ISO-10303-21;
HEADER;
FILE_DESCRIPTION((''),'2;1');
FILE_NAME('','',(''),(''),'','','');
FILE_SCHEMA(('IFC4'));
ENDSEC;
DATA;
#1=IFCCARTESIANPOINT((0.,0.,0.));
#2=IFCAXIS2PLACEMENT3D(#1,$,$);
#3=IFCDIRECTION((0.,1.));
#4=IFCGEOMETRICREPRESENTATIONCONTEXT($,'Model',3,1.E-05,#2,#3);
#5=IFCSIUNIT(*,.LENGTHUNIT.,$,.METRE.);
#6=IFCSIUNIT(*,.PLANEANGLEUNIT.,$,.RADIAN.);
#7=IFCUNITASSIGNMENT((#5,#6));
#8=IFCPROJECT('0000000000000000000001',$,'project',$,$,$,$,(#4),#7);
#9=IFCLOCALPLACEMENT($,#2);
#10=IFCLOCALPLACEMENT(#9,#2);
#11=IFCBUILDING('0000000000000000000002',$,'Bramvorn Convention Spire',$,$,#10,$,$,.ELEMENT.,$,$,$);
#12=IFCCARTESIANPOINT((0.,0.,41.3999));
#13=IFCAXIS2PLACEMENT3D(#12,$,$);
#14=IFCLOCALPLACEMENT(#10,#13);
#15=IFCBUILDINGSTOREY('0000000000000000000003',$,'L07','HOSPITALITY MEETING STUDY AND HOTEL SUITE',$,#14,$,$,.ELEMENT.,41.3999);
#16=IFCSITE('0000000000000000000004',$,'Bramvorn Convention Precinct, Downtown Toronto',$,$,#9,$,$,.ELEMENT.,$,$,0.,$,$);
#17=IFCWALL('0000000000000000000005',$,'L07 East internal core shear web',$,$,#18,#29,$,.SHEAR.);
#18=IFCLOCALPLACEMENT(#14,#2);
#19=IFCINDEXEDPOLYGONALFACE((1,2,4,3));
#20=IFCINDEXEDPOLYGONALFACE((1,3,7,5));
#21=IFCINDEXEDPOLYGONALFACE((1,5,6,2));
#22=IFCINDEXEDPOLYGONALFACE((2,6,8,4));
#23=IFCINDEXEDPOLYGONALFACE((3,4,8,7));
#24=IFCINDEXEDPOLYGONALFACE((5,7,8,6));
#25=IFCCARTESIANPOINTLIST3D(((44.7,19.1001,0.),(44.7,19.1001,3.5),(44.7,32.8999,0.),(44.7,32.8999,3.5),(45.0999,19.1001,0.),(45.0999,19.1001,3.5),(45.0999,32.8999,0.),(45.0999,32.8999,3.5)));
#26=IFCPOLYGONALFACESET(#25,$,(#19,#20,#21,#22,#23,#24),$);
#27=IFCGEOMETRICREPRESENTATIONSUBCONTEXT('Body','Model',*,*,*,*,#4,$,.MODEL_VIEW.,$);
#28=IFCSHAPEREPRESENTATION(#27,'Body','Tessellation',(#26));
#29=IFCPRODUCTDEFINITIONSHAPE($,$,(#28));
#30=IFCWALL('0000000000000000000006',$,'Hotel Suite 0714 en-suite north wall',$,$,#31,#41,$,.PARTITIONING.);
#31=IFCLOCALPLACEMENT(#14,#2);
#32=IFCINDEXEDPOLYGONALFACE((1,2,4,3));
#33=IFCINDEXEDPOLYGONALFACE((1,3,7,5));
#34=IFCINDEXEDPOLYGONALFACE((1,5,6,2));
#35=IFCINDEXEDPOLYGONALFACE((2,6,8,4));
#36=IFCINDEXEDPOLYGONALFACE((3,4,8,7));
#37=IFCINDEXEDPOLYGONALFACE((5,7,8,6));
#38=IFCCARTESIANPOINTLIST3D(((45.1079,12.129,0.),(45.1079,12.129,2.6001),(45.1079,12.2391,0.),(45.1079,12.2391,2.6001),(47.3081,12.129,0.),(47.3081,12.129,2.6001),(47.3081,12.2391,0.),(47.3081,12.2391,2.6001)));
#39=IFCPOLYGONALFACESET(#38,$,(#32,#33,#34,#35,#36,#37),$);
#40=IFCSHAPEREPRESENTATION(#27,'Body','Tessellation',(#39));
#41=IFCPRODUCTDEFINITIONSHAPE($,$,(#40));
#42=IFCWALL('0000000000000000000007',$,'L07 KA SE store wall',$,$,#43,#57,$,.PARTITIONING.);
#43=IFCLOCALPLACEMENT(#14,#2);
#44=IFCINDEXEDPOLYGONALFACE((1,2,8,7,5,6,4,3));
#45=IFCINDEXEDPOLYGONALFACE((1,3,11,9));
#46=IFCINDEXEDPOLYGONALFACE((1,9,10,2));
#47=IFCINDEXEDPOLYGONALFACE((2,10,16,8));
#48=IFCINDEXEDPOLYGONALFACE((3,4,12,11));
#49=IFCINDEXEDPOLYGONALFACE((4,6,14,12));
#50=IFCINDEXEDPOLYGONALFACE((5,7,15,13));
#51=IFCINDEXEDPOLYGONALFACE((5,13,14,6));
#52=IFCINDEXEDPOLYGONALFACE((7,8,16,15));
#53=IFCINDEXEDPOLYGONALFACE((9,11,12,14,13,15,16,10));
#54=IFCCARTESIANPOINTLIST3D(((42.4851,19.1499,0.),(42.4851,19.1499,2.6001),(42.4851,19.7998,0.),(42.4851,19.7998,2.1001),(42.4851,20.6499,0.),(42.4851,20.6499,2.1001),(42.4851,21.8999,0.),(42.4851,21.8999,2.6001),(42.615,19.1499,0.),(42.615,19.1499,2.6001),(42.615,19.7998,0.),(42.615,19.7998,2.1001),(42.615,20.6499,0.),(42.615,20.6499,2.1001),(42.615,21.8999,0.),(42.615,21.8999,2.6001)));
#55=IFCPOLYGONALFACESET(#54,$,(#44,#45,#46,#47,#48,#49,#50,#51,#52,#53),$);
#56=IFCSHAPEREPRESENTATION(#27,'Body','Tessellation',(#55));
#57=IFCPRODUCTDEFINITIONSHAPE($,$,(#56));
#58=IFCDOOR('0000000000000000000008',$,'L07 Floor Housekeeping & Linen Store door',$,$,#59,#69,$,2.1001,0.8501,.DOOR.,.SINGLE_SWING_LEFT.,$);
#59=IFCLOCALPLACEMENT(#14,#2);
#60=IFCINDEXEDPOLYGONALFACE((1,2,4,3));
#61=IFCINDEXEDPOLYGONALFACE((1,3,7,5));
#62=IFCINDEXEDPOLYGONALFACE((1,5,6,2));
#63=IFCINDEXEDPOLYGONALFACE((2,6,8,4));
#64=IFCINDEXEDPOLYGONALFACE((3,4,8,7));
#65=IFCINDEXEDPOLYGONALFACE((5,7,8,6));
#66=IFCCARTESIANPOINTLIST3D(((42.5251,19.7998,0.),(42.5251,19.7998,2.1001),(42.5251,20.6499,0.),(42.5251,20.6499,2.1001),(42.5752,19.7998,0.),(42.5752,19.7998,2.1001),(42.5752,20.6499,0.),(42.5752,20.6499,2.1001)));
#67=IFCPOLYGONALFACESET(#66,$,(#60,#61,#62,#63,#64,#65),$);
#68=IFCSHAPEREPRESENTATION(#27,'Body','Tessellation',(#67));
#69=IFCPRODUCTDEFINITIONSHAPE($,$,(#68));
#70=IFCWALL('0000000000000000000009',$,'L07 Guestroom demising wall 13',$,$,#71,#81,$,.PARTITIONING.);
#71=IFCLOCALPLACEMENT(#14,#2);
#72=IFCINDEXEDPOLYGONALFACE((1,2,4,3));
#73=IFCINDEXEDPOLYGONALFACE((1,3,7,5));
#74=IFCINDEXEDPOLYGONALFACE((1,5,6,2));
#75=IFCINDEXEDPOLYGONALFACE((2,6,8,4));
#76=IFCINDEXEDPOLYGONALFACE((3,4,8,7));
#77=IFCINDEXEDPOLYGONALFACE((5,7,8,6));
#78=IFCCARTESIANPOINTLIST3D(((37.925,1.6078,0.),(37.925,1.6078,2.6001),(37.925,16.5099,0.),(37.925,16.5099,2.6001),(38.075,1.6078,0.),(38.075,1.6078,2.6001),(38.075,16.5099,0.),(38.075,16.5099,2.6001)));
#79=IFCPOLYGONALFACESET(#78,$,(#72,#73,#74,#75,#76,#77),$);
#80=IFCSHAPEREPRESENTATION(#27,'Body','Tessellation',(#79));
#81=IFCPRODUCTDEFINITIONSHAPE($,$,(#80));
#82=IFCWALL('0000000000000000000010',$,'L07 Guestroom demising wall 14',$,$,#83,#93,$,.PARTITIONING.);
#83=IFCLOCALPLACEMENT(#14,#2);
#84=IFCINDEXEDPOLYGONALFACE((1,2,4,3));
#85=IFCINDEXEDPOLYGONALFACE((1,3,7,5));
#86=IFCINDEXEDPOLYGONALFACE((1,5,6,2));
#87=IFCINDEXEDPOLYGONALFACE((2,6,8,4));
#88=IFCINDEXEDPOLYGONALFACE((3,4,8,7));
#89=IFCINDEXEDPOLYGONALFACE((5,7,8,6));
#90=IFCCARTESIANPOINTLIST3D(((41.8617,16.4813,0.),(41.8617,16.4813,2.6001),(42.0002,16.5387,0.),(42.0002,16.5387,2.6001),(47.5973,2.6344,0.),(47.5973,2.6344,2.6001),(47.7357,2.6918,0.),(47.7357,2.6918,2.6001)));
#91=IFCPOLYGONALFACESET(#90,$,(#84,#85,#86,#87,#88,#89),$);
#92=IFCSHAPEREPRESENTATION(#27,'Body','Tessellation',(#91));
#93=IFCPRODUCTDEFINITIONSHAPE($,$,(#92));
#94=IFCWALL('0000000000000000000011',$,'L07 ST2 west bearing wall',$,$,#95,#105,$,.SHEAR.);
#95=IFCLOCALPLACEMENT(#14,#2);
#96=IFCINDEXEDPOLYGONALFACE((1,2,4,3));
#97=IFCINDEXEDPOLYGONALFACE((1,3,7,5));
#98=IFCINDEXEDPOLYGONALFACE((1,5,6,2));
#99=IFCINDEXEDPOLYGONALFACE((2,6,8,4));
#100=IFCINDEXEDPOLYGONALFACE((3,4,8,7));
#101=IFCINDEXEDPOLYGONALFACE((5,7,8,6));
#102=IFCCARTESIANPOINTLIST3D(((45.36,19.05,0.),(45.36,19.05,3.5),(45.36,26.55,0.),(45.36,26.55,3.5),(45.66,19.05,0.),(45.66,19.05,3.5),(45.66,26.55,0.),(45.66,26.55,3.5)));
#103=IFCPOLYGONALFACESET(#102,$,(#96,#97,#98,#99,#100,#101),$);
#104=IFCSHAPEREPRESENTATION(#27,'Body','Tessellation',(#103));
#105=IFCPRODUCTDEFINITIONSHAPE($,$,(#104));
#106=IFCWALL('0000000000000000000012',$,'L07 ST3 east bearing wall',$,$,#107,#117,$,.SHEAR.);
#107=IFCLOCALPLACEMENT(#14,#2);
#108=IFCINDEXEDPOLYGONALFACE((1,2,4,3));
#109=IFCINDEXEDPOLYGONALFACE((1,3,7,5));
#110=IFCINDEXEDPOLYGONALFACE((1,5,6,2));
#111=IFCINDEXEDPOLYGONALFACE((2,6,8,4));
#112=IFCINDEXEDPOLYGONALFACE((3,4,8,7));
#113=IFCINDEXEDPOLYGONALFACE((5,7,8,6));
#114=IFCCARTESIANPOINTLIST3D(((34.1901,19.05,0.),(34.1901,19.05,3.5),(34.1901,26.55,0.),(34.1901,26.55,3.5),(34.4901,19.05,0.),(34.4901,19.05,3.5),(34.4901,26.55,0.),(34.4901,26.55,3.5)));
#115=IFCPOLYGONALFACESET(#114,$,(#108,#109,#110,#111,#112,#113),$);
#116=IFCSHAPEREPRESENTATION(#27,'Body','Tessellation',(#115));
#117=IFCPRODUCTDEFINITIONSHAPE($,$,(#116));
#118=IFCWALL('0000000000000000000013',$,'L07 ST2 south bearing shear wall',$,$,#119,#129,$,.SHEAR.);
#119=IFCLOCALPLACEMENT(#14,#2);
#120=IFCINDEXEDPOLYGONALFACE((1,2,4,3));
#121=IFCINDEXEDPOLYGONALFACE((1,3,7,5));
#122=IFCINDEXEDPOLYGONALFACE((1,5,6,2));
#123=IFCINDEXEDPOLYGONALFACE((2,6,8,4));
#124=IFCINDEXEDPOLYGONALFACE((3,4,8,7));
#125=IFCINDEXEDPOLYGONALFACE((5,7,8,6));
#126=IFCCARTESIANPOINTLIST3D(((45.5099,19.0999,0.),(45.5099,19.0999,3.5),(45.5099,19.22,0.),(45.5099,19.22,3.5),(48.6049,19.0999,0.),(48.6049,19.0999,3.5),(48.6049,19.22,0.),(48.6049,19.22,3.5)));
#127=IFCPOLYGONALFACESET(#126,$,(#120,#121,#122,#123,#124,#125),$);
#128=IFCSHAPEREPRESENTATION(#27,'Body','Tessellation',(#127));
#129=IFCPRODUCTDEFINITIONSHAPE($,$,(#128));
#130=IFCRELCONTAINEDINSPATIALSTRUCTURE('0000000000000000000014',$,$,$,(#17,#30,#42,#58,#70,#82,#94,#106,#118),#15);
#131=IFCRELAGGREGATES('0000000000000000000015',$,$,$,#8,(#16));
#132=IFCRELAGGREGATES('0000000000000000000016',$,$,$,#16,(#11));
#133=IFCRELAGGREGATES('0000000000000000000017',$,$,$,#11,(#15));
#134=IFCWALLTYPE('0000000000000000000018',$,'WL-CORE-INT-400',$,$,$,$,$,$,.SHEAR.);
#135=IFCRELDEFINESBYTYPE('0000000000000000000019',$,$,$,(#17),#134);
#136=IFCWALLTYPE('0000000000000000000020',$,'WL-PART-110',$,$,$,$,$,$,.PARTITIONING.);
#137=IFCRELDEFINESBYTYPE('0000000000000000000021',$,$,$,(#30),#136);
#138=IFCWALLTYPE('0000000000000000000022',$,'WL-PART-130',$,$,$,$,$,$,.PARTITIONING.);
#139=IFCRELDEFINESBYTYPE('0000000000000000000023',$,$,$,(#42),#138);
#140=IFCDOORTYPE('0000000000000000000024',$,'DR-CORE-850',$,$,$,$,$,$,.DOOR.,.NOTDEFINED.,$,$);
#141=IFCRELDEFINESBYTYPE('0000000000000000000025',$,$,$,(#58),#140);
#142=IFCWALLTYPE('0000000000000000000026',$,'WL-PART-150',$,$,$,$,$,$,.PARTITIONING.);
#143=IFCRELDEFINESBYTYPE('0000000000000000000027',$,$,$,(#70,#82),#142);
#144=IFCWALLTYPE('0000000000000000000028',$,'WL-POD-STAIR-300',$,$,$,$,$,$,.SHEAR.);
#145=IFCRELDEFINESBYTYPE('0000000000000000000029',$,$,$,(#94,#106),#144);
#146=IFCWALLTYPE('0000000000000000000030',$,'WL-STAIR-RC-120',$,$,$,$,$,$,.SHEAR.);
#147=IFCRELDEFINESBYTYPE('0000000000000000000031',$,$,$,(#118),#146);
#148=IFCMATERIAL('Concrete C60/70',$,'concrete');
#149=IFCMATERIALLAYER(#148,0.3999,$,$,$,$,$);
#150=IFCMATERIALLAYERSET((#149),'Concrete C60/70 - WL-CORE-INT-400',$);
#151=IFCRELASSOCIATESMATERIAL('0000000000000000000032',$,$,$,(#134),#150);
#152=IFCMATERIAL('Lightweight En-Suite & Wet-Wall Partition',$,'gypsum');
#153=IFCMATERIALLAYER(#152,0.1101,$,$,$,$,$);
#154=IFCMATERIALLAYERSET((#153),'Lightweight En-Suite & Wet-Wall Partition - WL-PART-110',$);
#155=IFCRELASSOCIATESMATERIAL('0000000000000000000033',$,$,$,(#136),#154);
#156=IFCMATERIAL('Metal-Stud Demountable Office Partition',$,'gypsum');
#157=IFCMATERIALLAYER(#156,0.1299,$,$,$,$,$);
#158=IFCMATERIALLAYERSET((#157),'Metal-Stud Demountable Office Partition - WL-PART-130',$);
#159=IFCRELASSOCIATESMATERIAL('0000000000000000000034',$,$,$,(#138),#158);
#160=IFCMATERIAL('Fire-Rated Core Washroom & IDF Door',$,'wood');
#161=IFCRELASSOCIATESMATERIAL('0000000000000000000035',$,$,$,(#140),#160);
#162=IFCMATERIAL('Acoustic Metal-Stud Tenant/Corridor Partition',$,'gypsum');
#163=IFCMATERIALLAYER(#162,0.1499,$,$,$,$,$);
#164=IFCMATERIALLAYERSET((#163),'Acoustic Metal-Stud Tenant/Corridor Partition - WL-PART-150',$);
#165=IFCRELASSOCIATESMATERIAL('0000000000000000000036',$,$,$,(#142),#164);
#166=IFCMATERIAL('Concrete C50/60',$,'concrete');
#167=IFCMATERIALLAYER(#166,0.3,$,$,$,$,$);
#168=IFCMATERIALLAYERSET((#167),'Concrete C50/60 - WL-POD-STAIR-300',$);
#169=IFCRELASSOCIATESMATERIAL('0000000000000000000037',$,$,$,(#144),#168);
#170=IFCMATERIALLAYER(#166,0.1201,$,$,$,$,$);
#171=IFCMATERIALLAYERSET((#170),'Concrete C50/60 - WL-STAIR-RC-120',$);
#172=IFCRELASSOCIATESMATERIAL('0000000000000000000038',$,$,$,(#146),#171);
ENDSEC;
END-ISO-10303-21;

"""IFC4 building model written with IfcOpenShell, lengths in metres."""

from ifc_helpers import new_model, si_unit, direction, frame, frame_2d, origin, place, context, subcontext, project, spatial, rectangle, extrude, material, layer, layer_set, type_object, element, fill, save


model = new_model("IFC4")

# Units and contexts
model_context = context("Model", 3, precision=1e-05, world=origin(), true_north=direction((0.0, 1.0)))
body_context = subcontext(model_context, "Body", "Model", "MODEL_VIEW")
ifc_project = project(units=[si_unit("LENGTHUNIT", "METRE"), si_unit("PLANEANGLEUNIT", "RADIAN")], contexts=[model_context])

# Site, building, storey
site_placement = place(None, origin())
site = spatial("IfcSite", under=ifc_project, at=site_placement, Name="Bramvorn Convention Precinct, Downtown Toronto", CompositionType="ELEMENT", RefElevation=0.0)
building_placement = place(site_placement, origin())
building = spatial("IfcBuilding", under=site, at=building_placement, Name="Bramvorn Convention Spire", CompositionType="ELEMENT")
storey_placement = place(building_placement, frame((0.0, 0.0, 41.3999)))
storey = spatial("IfcBuildingStorey", under=building, at=storey_placement, Name="L07", Description="HOSPITALITY MEETING STUDY AND HOTEL SUITE", CompositionType="ELEMENT", Elevation=41.3999)

# Walls
ifc_material_1 = material(Name="Concrete C50/60", Category="concrete")
ifc_material_2 = material(Name="Concrete C60/70", Category="concrete")
ifc_layer_1 = layer(ifc_material_2, 0.3999)
ifc_layer_set_1 = layer_set([ifc_layer_1], Name="Concrete C60/70 - WL-CORE-INT-400")
wall_type_1 = type_object("IfcWallType", Name="WL-CORE-INT-400", PredefinedType="SHEAR", material=ifc_layer_set_1)
wall_1_placement = place(storey_placement, frame((44.8999, 19.1001, 0.0), z_axis=(0.0, 0.0, 1.0), x_axis=(0.0, 1.0, 0.0)))
element("IfcWall", 1, at=wall_1_placement, inside=storey, type_object=wall_type_1, Name="L07 East internal core shear web", PredefinedType="SHEAR", context=body_context, shape_type="SweptSolid", body=[
    extrude(rectangle(XDim=13.7998, YDim=0.3999, at=frame_2d((6.8999, 0.0))), origin(), (0.0, 0.0, 1.0), 3.5),
])
ifc_material_3 = material(Name="Lightweight En-Suite & Wet-Wall Partition", Category="gypsum")
ifc_layer_2 = layer(ifc_material_3, 0.1101)
ifc_layer_set_2 = layer_set([ifc_layer_2], Name="Lightweight En-Suite & Wet-Wall Partition - WL-PART-110")
wall_type_2 = type_object("IfcWallType", Name="WL-PART-110", PredefinedType="PARTITIONING", material=ifc_layer_set_2)
wall_2_placement = place(storey_placement, frame((45.1079, 12.1841, 0.0), z_axis=(0.0, 0.0, 1.0), x_axis=(1.0, 0.0, 0.0)))
element("IfcWall", 2, at=wall_2_placement, inside=storey, type_object=wall_type_2, Name="Hotel Suite 0714 en-suite north wall", PredefinedType="PARTITIONING", context=body_context, shape_type="SweptSolid", body=[
    extrude(rectangle(XDim=2.2002, YDim=0.1101, at=frame_2d((1.1001, 0.0))), origin(), (0.0, 0.0, 1.0), 2.6001),
])

# Wall, opening, door
ifc_material_4 = material(Name="Metal-Stud Demountable Office Partition", Category="gypsum")
ifc_layer_3 = layer(ifc_material_4, 0.1299)
ifc_layer_set_3 = layer_set([ifc_layer_3], Name="Metal-Stud Demountable Office Partition - WL-PART-130")
wall_type_3 = type_object("IfcWallType", Name="WL-PART-130", PredefinedType="PARTITIONING", material=ifc_layer_set_3)
wall_3_placement = place(storey_placement, frame((42.55, 19.1499, 0.0), z_axis=(0.0, 0.0, 1.0), x_axis=(0.0, 1.0, 0.0)))
wall_3 = element("IfcWall", 3, at=wall_3_placement, inside=storey, type_object=wall_type_3, Name="L07 KA SE store wall", PredefinedType="PARTITIONING", context=body_context, shape_type="SweptSolid", body=[
    extrude(rectangle(XDim=2.75, YDim=0.1299, at=frame_2d((1.375, 0.0))), origin(), (0.0, 0.0, 1.0), 2.6001),
])
opening_placement = place(wall_3_placement, frame((0.6499, 0.0, 0.0)))
opening = element("IfcOpeningElement", 4, at=opening_placement, cuts=wall_3, PredefinedType="OPENING", context=body_context, shape_type="SweptSolid", body=[
    extrude(rectangle(XDim=0.8501, YDim=2.1001, at=frame_2d((0.425, 1.05))), frame((0.0, 0.075, 0.0), z_axis=(0.0, -1.0, 0.0), x_axis=(1.0, 0.0, 0.0)), (0.0, 0.0, 1.0), 0.1499),
])
ifc_material_5 = material(Name="Fire-Rated Core Washroom & IDF Door", Category="wood")
door_type = type_object("IfcDoorType", Name="DR-CORE-850", OperationType="NOTDEFINED", PredefinedType="DOOR", material=ifc_material_5)
door_placement = place(opening_placement, origin())
door = element("IfcDoor", 5, at=door_placement, inside=storey, type_object=door_type, Name="L07 Floor Housekeeping & Linen Store door", OperationType="SINGLE_SWING_LEFT", OverallHeight=2.1001, OverallWidth=0.8501, PredefinedType="DOOR", context=body_context, shape_type="SweptSolid", body=[
    extrude(rectangle(XDim=0.8501, YDim=2.1001, at=frame_2d((0.425, 1.05))), frame((0.0, 0.0249, 0.0), z_axis=(0.0, -1.0, 0.0), x_axis=(1.0, 0.0, 0.0)), (0.0, 0.0, 1.0), 0.05),
])
fill(opening, door)

# Walls
ifc_material_6 = material(Name="Acoustic Metal-Stud Tenant/Corridor Partition", Category="gypsum")
ifc_layer_4 = layer(ifc_material_6, 0.1499)
ifc_layer_set_4 = layer_set([ifc_layer_4], Name="Acoustic Metal-Stud Tenant/Corridor Partition - WL-PART-150")
wall_type_4 = type_object("IfcWallType", Name="WL-PART-150", PredefinedType="PARTITIONING", material=ifc_layer_set_4)
wall_4_placement = place(storey_placement, frame((38.0, 16.51, 0.0), z_axis=(0.0, 0.0, 1.0), x_axis=(0.0, -1.0, 0.0)))
element("IfcWall", 6, at=wall_4_placement, inside=storey, type_object=wall_type_4, Name="L07 Guestroom demising wall 13", PredefinedType="PARTITIONING", context=body_context, shape_type="SweptSolid", body=[
    extrude(rectangle(XDim=14.9021, YDim=0.1499, at=frame_2d((7.4512, 0.0))), origin(), (0.0, 0.0, 1.0), 2.6001),
])
wall_5_placement = place(storey_placement, frame((41.9309, 16.51, 0.0), z_axis=(0.0, 0.0, 1.0), x_axis=(0.382684, -0.923879, 0.0)))
element("IfcWall", 7, at=wall_5_placement, inside=storey, type_object=wall_type_4, Name="L07 Guestroom demising wall 14", PredefinedType="PARTITIONING", context=body_context, shape_type="SweptSolid", body=[
    extrude(rectangle(XDim=14.9878, YDim=0.1499, at=frame_2d((7.4939, 0.0))), origin(), (0.0, 0.0, 1.0), 2.6001),
])
ifc_layer_5 = layer(ifc_material_1, 0.3)
ifc_layer_set_5 = layer_set([ifc_layer_5], Name="Concrete C50/60 - WL-POD-STAIR-300")
wall_type_5 = type_object("IfcWallType", Name="WL-POD-STAIR-300", PredefinedType="SHEAR", material=ifc_layer_set_5)
for number, where, z_axis, x_axis, name in (
    (8, (45.51, 19.05, 0.0), (0.0, 0.0, 1.0), (0.0, 1.0, 0.0), "L07 ST2 west bearing wall"),
    (9, (34.3401, 19.05, 0.0), (0.0, 0.0, 1.0), (0.0, 1.0, 0.0), "L07 ST3 east bearing wall"),
):
    element("IfcWall", number, at=place(storey_placement, frame(where, z_axis=z_axis, x_axis=x_axis)), inside=storey, type_object=wall_type_5, Name=name, PredefinedType="SHEAR", context=body_context, shape_type="SweptSolid", body=[
        extrude(rectangle(XDim=7.5, YDim=0.3, at=frame_2d((3.75, 0.0))), origin(), (0.0, 0.0, 1.0), 3.5),
    ])
ifc_layer_6 = layer(ifc_material_1, 0.1201)
ifc_layer_set_6 = layer_set([ifc_layer_6], Name="Concrete C50/60 - WL-STAIR-RC-120")
wall_type_6 = type_object("IfcWallType", Name="WL-STAIR-RC-120", PredefinedType="SHEAR", material=ifc_layer_set_6)
wall_6_placement = place(storey_placement, frame((45.51, 19.1599, 0.0), z_axis=(0.0, 0.0, 1.0), x_axis=(1.0, 0.0, 0.0)))
element("IfcWall", 10, at=wall_6_placement, inside=storey, type_object=wall_type_6, Name="L07 ST2 south bearing shear wall", PredefinedType="SHEAR", context=body_context, shape_type="SweptSolid", body=[
    extrude(rectangle(XDim=3.095, YDim=0.1201, at=frame_2d((1.5474, 0.0))), origin(), (0.0, 0.0, 1.0), 3.5),
])

save(model, "model.ifc")
